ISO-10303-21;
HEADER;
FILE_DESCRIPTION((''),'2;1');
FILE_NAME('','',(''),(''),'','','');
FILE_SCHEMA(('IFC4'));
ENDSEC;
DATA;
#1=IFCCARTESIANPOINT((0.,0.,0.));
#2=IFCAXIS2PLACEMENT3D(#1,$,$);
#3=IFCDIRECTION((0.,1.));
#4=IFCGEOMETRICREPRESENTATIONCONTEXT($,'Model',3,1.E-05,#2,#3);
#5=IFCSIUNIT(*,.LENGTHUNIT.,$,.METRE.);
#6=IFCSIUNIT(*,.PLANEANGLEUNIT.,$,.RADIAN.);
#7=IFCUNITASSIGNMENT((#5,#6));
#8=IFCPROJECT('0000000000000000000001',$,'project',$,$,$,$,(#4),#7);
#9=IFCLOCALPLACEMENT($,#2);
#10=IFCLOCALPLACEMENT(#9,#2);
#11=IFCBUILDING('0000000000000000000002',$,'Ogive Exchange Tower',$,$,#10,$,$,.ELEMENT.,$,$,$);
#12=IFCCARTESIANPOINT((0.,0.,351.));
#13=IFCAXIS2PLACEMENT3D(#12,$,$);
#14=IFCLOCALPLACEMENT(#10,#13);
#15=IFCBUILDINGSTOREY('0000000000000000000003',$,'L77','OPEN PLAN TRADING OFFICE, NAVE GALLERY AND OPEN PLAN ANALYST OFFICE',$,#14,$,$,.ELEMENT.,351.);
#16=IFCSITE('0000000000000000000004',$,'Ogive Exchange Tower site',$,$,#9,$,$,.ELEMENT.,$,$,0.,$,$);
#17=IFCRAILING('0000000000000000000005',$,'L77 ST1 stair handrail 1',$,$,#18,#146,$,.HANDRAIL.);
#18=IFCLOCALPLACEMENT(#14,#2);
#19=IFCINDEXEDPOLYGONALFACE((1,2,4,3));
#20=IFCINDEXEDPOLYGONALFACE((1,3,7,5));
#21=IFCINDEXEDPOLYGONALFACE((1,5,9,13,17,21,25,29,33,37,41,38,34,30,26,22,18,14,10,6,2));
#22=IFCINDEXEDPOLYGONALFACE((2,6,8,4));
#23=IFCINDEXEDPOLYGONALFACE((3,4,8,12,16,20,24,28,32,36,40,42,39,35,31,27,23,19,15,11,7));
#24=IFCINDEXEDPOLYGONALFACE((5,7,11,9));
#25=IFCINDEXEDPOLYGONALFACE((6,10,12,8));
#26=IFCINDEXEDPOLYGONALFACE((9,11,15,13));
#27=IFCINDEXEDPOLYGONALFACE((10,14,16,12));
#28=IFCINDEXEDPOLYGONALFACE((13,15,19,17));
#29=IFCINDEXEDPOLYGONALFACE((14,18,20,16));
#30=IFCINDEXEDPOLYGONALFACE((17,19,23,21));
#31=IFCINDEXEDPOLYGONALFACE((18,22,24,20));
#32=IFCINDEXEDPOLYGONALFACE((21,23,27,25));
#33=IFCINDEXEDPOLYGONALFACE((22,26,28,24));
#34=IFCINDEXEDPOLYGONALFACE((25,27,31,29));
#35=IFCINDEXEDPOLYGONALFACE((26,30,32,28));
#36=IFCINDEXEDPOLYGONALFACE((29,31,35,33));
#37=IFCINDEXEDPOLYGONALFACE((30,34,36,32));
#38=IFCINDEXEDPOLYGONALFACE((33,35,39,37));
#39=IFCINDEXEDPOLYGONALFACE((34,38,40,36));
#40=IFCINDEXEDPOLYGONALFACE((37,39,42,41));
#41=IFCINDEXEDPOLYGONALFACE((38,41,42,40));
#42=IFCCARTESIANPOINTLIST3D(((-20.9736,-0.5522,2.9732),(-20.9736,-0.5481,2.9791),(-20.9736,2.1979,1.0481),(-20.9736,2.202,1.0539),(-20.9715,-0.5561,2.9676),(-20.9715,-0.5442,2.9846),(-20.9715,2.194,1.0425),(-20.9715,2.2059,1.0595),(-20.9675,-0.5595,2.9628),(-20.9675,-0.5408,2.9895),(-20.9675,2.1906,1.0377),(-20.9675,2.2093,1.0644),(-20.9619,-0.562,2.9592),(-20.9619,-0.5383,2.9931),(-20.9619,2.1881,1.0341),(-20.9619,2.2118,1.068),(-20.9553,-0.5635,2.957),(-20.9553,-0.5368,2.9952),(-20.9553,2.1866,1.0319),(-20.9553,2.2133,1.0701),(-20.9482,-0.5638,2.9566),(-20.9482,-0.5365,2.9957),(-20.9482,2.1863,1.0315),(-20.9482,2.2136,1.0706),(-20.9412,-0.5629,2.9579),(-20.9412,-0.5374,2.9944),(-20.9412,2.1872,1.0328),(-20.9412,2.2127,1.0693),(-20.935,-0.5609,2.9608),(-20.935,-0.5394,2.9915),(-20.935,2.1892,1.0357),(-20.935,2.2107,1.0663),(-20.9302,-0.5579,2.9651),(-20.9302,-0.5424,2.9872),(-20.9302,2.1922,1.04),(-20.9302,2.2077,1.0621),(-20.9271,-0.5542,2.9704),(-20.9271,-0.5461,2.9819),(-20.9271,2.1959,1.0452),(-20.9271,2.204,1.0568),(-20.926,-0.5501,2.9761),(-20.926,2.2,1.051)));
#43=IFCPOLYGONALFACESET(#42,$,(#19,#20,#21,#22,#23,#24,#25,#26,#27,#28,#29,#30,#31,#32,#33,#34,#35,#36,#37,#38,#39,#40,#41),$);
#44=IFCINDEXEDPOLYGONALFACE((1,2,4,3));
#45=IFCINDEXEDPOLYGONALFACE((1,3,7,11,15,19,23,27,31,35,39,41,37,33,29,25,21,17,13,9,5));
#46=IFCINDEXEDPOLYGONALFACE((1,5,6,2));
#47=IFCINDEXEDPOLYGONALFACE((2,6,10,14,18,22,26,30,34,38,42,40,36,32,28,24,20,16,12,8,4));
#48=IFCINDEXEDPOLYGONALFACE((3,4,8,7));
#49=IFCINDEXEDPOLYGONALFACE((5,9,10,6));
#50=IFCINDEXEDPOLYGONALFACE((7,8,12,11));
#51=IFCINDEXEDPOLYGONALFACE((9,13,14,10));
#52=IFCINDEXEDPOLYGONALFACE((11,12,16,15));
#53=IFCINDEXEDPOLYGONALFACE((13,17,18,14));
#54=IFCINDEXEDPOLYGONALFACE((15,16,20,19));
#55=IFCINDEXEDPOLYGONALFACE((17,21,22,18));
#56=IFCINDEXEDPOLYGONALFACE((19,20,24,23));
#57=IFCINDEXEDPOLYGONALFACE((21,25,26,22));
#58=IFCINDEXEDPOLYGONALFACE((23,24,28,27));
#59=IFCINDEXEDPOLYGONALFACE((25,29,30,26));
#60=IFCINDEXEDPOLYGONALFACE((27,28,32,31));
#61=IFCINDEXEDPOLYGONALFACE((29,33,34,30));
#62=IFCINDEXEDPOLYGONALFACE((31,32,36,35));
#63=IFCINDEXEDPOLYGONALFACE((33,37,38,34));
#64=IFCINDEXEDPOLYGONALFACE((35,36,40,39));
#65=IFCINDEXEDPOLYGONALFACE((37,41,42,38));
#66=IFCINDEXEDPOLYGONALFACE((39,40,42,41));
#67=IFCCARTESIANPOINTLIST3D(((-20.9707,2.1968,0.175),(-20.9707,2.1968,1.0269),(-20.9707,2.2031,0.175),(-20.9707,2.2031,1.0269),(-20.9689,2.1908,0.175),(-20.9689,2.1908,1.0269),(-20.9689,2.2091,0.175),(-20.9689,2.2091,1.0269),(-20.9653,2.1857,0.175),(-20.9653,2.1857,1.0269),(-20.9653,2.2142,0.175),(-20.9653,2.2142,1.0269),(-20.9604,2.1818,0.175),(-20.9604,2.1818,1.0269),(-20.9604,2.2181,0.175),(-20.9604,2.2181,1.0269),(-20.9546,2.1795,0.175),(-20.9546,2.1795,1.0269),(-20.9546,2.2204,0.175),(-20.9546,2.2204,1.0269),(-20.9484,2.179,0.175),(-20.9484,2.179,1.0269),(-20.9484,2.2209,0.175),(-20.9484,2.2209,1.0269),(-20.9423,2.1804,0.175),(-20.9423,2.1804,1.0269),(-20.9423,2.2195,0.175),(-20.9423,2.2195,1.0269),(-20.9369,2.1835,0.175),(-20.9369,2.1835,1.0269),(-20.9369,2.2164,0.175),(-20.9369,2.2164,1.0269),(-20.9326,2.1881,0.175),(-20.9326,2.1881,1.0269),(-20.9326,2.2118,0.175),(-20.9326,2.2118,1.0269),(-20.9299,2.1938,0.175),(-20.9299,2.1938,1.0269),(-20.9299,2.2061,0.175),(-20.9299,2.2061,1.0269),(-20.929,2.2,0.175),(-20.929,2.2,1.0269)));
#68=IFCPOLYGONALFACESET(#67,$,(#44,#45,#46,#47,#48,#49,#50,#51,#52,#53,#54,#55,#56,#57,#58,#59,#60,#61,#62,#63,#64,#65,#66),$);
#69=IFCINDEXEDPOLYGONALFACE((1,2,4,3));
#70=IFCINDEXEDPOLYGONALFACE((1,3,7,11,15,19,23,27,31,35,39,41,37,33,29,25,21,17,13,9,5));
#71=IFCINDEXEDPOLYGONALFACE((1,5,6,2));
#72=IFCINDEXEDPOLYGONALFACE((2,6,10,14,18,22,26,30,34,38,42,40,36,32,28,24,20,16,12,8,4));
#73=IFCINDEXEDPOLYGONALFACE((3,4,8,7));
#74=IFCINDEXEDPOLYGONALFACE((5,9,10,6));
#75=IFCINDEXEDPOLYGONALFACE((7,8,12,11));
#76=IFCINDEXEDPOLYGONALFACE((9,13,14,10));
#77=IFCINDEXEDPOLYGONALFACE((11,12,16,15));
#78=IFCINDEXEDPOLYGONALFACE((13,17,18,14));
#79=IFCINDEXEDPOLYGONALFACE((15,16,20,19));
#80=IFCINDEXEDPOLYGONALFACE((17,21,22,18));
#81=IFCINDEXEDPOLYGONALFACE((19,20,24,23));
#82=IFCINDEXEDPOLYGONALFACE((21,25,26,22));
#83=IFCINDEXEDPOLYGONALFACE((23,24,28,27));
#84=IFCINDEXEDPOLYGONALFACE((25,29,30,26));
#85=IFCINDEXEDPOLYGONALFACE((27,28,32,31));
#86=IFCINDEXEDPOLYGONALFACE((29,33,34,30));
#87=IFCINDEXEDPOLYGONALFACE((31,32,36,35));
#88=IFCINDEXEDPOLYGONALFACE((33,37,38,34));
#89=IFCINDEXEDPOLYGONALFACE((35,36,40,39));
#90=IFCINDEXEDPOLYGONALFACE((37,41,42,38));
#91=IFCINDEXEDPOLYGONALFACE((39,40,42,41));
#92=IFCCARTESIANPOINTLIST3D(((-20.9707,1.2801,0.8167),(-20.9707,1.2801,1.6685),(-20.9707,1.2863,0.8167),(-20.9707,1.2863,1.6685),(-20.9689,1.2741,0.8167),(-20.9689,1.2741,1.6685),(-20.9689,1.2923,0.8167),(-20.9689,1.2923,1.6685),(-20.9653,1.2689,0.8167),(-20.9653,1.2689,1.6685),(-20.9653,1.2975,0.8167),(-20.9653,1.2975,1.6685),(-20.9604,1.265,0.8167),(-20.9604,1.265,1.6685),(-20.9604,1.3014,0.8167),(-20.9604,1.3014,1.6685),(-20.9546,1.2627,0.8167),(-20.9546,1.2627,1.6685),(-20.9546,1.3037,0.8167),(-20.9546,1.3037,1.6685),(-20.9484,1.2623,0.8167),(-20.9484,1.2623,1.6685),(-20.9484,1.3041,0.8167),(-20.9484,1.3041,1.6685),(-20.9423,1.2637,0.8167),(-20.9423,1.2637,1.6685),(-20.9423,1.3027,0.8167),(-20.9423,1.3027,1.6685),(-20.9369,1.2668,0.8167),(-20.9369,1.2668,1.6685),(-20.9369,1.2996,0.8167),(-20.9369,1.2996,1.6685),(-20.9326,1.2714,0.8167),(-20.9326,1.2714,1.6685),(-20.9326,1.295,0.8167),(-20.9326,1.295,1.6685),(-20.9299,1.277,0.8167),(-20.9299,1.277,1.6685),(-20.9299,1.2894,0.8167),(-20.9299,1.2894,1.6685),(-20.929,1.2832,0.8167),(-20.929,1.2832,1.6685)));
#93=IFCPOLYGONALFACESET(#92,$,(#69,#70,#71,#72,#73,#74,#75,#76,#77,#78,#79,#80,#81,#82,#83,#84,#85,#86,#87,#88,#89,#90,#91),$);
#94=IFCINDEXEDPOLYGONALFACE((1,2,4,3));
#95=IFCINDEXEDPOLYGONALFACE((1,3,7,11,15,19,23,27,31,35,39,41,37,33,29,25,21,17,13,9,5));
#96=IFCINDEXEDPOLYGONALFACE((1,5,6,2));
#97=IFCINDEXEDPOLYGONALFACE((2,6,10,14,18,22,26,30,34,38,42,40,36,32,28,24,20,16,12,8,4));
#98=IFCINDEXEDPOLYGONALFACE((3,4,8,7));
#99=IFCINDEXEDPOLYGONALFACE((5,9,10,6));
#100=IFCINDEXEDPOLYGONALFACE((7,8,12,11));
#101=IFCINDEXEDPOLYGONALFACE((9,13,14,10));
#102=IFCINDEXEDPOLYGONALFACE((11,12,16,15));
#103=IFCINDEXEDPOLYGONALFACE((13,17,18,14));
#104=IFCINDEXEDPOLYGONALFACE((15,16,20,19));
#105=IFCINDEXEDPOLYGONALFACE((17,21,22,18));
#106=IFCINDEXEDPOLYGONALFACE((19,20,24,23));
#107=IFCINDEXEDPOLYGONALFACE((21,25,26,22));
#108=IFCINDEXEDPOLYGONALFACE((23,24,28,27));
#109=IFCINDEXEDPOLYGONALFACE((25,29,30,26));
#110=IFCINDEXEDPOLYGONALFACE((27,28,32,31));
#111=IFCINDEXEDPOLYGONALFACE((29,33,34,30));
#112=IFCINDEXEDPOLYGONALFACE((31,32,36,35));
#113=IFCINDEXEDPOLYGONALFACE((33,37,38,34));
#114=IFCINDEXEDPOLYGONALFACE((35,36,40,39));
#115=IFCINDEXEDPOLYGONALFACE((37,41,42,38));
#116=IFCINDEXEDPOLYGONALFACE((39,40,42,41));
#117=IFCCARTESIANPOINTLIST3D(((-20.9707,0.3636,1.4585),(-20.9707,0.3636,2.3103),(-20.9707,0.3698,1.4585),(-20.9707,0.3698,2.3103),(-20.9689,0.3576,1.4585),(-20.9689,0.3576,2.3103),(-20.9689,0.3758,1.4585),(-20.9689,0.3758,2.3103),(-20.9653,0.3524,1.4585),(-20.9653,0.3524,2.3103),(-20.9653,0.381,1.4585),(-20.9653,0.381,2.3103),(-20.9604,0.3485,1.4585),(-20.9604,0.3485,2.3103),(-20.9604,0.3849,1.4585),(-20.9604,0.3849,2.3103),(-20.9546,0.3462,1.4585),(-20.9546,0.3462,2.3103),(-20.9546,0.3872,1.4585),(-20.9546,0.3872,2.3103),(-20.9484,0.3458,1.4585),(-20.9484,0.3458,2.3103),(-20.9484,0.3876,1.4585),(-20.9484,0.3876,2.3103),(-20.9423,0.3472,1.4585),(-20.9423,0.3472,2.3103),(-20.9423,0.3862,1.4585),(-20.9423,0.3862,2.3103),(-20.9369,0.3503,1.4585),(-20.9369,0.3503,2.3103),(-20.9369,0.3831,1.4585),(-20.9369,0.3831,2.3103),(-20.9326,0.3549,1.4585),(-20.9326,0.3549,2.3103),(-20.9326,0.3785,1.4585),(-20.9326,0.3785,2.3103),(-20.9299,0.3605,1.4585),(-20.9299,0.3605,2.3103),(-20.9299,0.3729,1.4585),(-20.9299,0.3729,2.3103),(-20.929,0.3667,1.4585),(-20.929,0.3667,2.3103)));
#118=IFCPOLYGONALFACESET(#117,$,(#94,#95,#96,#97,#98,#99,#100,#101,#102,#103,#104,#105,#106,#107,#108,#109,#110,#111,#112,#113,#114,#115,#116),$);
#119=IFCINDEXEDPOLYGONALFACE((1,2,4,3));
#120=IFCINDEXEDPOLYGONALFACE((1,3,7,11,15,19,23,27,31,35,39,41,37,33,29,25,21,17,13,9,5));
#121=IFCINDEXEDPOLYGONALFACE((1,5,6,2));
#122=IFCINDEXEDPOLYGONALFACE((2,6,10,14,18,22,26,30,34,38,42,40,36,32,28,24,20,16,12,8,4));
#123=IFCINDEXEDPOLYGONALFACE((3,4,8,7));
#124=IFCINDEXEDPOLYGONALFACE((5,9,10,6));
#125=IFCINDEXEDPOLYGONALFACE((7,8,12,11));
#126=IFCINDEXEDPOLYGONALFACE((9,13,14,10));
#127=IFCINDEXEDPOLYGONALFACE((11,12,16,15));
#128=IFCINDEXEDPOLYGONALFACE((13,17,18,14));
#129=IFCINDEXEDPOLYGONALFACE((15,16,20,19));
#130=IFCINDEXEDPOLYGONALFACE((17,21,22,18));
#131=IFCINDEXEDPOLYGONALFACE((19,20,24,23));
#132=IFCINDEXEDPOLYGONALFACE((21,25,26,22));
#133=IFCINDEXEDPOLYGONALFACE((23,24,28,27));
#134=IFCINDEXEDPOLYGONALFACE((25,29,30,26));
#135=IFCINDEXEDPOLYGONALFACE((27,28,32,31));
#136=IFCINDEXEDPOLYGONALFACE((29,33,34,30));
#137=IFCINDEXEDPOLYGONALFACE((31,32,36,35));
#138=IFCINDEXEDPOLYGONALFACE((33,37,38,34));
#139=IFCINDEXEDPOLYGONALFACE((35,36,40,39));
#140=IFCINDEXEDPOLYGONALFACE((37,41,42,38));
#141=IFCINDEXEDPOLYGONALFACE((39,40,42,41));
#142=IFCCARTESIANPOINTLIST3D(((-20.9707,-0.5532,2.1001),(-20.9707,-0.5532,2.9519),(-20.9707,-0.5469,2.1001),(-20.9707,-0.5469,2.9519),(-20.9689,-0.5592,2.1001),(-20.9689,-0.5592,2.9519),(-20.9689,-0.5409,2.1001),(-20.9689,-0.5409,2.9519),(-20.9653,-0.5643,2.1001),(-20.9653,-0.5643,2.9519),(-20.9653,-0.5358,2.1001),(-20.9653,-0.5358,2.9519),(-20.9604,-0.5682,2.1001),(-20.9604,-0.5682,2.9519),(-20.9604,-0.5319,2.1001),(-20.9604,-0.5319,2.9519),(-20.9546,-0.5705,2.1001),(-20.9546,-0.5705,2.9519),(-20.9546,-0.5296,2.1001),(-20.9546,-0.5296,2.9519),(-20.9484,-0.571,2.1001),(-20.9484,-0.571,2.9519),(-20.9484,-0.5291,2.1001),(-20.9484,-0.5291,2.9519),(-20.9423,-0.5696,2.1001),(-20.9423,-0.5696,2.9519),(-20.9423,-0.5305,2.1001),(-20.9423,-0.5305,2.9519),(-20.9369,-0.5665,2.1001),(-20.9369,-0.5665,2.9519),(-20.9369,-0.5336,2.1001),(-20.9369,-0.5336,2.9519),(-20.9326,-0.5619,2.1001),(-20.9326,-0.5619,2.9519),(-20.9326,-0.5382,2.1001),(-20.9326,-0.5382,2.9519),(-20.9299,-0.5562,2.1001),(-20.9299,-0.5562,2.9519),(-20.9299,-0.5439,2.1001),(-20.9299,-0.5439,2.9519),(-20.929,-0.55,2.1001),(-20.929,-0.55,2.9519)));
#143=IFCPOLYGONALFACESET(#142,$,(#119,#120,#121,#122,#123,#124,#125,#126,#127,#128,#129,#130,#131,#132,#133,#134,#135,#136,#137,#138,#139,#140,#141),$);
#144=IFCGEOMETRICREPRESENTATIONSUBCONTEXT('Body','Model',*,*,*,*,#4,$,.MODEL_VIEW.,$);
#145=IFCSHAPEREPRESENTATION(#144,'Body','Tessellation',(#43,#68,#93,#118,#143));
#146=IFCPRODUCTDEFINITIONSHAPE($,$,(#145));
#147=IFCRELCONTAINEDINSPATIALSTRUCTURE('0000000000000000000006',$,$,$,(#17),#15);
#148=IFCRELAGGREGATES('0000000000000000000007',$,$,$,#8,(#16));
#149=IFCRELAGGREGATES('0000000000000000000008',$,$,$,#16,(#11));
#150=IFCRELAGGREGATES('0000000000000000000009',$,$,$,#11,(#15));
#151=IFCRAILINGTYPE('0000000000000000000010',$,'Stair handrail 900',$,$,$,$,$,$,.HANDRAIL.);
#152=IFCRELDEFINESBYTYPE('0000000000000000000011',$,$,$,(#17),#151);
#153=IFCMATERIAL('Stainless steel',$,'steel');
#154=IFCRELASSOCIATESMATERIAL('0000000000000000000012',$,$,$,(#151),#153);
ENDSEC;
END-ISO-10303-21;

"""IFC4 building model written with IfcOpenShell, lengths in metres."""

from ifc_helpers import new_model, si_unit, direction, frame, origin, origin_2d, place, context, subcontext, project, spatial, circle, extrude, material, type_object, element, save


model = new_model("IFC4")

# Units and contexts
model_context = context("Model", 3, precision=1e-05, world=origin(), true_north=direction((0.0, 1.0)))
body_context = subcontext(model_context, "Body", "Model", "MODEL_VIEW")
ifc_project = project(units=[si_unit("LENGTHUNIT", "METRE"), si_unit("PLANEANGLEUNIT", "RADIAN")], contexts=[model_context])

# Site, building, storey
site_placement = place(None, origin())
site = spatial("IfcSite", under=ifc_project, at=site_placement, Name="Ogive Exchange Tower site", CompositionType="ELEMENT", RefElevation=0.0)
building_placement = place(site_placement, origin())
building = spatial("IfcBuilding", under=site, at=building_placement, Name="Ogive Exchange Tower", CompositionType="ELEMENT")
storey_placement = place(building_placement, frame((0.0, 0.0, 351.0)))
storey = spatial("IfcBuildingStorey", under=building, at=storey_placement, Name="L77", Description="OPEN PLAN TRADING OFFICE, NAVE GALLERY AND OPEN PLAN ANALYST OFFICE", CompositionType="ELEMENT", Elevation=351.0)

# Shared definitions
ifc_material_1 = material(Name="Stainless steel", Category="steel")

# Railing
railing_type = type_object("IfcRailingType", Name="Stair handrail 900", PredefinedType="HANDRAIL", material=ifc_material_1)
railing_placement = place(storey_placement, frame((-20.95, 2.2, 0.175)))
element("IfcRailing", 1, at=railing_placement, inside=storey, type_object=railing_type, Name="L77 ST1 stair handrail 1", PredefinedType="HANDRAIL", context=body_context, shape_type="SweptSolid", body=[
    extrude(circle(Radius=0.0239, at=origin_2d()), frame((0.0, 0.0, 0.876), z_axis=(0.0, -0.819225, 0.573472), x_axis=(1.0, 0.0, 0.0)), (0.0, 0.0, 1.0), 3.3569),
    extrude(circle(Radius=0.021, at=origin_2d()), origin(), (0.0, 0.0, 1.0), 0.8518),
    extrude(circle(Radius=0.021, at=origin_2d()), frame((0.0, -0.9167, 0.6416)), (0.0, 0.0, 1.0), 0.8518),
    extrude(circle(Radius=0.021, at=origin_2d()), frame((0.0, -1.8333, 1.2834)), (0.0, 0.0, 1.0), 0.8518),
    extrude(circle(Radius=0.021, at=origin_2d()), frame((0.0, -2.75, 1.925)), (0.0, 0.0, 1.0), 0.8518),
])

save(model, "model.ifc")
